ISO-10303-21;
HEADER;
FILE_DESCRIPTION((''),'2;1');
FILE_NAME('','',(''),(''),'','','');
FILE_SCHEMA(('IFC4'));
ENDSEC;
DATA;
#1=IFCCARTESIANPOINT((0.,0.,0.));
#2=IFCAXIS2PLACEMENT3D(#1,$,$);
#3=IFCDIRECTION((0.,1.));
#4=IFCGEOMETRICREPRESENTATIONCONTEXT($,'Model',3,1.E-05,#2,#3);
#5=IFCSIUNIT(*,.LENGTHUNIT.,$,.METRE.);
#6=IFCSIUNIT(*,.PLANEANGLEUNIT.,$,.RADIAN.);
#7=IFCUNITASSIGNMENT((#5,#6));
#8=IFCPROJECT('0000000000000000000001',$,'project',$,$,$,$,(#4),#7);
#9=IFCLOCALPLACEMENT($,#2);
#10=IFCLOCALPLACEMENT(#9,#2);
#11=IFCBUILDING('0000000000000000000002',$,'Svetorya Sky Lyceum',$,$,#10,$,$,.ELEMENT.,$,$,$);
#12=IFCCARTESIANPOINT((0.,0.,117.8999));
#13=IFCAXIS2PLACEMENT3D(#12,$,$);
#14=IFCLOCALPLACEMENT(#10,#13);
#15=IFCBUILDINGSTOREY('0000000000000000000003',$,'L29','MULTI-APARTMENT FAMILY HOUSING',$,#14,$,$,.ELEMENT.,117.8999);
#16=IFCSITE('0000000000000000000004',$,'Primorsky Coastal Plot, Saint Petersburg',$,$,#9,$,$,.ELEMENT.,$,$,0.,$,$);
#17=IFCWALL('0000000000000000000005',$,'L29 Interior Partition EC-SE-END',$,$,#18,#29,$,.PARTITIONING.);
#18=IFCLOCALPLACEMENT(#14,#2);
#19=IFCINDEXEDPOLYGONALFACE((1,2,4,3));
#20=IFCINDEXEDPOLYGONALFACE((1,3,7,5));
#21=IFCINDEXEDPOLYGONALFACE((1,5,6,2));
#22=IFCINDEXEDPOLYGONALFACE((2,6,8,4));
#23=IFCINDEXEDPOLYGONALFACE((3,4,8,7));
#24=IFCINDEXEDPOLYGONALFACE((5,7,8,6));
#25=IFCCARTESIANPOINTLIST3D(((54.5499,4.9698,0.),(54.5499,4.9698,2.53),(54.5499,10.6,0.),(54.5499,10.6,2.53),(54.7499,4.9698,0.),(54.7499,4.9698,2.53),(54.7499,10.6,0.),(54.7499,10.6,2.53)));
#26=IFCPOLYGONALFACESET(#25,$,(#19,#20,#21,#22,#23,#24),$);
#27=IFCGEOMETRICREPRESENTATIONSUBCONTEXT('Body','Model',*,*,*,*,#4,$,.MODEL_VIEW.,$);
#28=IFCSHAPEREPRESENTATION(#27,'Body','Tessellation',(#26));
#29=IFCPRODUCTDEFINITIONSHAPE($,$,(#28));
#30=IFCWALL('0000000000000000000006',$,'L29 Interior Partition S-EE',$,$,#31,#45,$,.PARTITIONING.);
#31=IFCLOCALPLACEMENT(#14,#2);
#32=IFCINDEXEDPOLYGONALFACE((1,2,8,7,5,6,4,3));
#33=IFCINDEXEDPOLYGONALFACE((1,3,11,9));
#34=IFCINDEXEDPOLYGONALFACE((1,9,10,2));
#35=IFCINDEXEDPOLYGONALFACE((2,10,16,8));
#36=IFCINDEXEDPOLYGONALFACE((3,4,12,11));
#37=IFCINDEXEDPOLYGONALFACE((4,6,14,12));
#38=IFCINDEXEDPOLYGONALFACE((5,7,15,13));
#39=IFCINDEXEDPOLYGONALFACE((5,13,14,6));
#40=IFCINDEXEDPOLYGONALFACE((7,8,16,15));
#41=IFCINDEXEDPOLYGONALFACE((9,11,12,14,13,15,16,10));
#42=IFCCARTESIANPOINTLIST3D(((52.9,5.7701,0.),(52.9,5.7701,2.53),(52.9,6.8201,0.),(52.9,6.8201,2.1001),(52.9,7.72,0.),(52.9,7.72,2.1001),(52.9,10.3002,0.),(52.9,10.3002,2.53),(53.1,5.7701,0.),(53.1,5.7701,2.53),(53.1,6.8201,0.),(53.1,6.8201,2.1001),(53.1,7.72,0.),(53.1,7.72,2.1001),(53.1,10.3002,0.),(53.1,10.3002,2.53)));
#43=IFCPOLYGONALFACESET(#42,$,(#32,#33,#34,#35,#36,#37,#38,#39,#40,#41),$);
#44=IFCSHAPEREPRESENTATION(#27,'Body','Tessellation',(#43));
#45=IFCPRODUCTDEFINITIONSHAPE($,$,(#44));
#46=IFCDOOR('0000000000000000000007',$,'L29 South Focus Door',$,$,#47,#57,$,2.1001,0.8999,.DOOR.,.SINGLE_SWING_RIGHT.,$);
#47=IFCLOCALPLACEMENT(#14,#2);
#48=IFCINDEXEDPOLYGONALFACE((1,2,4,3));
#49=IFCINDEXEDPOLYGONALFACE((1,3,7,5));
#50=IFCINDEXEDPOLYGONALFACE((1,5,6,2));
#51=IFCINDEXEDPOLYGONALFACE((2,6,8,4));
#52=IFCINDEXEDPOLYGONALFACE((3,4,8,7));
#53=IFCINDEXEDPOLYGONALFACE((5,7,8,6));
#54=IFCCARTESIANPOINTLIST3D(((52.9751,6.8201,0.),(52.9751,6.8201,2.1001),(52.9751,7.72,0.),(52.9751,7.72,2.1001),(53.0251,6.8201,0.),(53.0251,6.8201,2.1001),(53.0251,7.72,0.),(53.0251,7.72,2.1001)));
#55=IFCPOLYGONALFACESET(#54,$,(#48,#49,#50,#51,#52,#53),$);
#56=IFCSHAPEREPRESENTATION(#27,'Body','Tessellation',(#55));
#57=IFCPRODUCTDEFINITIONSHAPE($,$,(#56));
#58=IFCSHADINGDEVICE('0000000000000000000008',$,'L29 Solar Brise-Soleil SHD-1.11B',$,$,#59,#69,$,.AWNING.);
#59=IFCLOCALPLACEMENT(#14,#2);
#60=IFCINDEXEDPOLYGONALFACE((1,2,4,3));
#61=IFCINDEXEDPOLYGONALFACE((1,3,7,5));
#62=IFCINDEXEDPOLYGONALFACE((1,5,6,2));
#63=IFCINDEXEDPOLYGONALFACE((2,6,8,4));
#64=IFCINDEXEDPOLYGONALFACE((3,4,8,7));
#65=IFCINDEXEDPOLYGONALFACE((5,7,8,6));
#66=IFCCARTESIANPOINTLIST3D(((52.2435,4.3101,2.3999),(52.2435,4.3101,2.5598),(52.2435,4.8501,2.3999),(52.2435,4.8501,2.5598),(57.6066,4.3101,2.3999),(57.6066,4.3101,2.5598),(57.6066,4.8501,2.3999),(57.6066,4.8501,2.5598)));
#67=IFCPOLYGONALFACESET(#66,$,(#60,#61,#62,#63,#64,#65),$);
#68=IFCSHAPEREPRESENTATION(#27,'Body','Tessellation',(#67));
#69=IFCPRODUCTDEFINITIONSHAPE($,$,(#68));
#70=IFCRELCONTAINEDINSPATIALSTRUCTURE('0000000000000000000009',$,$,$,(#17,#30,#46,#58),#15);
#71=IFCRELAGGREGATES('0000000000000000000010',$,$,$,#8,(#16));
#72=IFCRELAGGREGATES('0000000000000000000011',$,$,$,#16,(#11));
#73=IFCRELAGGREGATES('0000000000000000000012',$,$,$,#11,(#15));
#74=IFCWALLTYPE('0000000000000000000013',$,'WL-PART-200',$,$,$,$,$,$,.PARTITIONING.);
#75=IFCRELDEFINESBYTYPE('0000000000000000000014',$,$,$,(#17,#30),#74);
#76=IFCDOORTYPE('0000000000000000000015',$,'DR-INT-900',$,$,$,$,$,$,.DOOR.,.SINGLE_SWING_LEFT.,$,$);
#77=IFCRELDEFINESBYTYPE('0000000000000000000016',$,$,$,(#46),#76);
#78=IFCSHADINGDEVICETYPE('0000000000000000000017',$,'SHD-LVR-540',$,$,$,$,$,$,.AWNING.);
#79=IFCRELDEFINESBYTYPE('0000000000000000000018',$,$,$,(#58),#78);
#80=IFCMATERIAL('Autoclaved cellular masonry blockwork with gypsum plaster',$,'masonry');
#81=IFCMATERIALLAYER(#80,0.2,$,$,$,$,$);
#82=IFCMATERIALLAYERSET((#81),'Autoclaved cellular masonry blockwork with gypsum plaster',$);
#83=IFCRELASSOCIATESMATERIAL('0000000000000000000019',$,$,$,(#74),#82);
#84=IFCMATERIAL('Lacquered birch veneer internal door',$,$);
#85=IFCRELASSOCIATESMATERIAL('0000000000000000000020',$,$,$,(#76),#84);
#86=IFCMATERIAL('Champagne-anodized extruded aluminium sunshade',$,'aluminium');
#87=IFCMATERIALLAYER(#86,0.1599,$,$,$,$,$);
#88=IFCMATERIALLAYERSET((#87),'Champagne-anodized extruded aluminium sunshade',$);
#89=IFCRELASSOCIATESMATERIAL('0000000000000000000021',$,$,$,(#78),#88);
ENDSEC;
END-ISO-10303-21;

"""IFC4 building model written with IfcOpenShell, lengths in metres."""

from ifc_helpers import new_model, si_unit, direction, frame, frame_2d, origin, origin_2d, place, context, subcontext, project, spatial, rectangle, extrude, material, layer, layer_set, type_object, element, fill, save


model = new_model("IFC4")

# Units and contexts
model_context = context("Model", 3, precision=1e-05, world=origin(), true_north=direction((0.0, 1.0)))
body_context = subcontext(model_context, "Body", "Model", "MODEL_VIEW")
ifc_project = project(units=[si_unit("LENGTHUNIT", "METRE"), si_unit("PLANEANGLEUNIT", "RADIAN")], contexts=[model_context])

# Site, building, storey
site_placement = place(None, origin())
site = spatial("IfcSite", under=ifc_project, at=site_placement, Name="Primorsky Coastal Plot, Saint Petersburg", CompositionType="ELEMENT", RefElevation=0.0)
building_placement = place(site_placement, origin())
building = spatial("IfcBuilding", under=site, at=building_placement, Name="Svetorya Sky Lyceum", CompositionType="ELEMENT")
storey_placement = place(building_placement, frame((0.0, 0.0, 117.8999)))
storey = spatial("IfcBuildingStorey", under=building, at=storey_placement, Name="L29", Description="MULTI-APARTMENT FAMILY HOUSING", CompositionType="ELEMENT", Elevation=117.8999)

# Shared definitions
ifc_material_1 = material(Name="Autoclaved cellular masonry blockwork with gypsum plaster", Category="masonry")
ifc_layer_1 = layer(ifc_material_1, 0.2)
ifc_layer_set_1 = layer_set([ifc_layer_1], Name="Autoclaved cellular masonry blockwork with gypsum plaster")
wall_type_1 = type_object("IfcWallType", Name="WL-PART-200", PredefinedType="PARTITIONING", material=ifc_layer_set_1)

# Wall
wall_1_placement = place(storey_placement, frame((54.6499, 4.97, 0.0), z_axis=(0.0, 0.0, 1.0), x_axis=(0.0, 1.0, 0.0)))
element("IfcWall", 1, at=wall_1_placement, inside=storey, type_object=wall_type_1, Name="L29 Interior Partition EC-SE-END", PredefinedType="PARTITIONING", context=body_context, shape_type="SweptSolid", body=[
    extrude(rectangle(XDim=5.6301, YDim=0.2, at=frame_2d((2.8149, 0.0))), origin(), (0.0, 0.0, 1.0), 2.53),
])

# Wall, opening, door
wall_2_placement = place(storey_placement, frame((53.0, 5.77, 0.0), z_axis=(0.0, 0.0, 1.0), x_axis=(0.0, 1.0, 0.0)))
wall_2 = element("IfcWall", 2, at=wall_2_placement, inside=storey, type_object=wall_type_1, Name="L29 Interior Partition S-EE", PredefinedType="PARTITIONING", context=body_context, shape_type="SweptSolid", body=[
    extrude(rectangle(XDim=4.53, YDim=0.2, at=frame_2d((2.2651, 0.0))), origin(), (0.0, 0.0, 1.0), 2.53),
])
opening_1_placement = place(wall_2_placement, frame((1.05, 0.0, 0.0)))
opening_1 = element("IfcOpeningElement", 3, at=opening_1_placement, cuts=wall_2, PredefinedType="OPENING", context=body_context, shape_type="SweptSolid", body=[
    extrude(rectangle(XDim=0.8999, YDim=2.1001, at=frame_2d((0.45, 1.05))), frame((0.0, 0.1099, 0.0), z_axis=(0.0, -1.0, 0.0), x_axis=(1.0, 0.0, 0.0)), (0.0, 0.0, 1.0), 0.22),
])
ifc_material_2 = material(Name="Lacquered birch veneer internal door")
door_type_1 = type_object("IfcDoorType", Name="DR-INT-900", OperationType="SINGLE_SWING_LEFT", PredefinedType="DOOR", material=ifc_material_2)
door_1_placement = place(opening_1_placement, origin())
door_1 = element("IfcDoor", 4, at=door_1_placement, inside=storey, type_object=door_type_1, Name="L29 South Focus Door", OperationType="SINGLE_SWING_RIGHT", OverallHeight=2.1001, OverallWidth=0.8999, PredefinedType="DOOR", context=body_context, shape_type="SweptSolid", body=[
    extrude(rectangle(XDim=0.8999, YDim=2.1001, at=frame_2d((0.45, 1.05))), frame((0.0, 0.0249, 0.0), z_axis=(0.0, -1.0, 0.0), x_axis=(1.0, 0.0, 0.0)), (0.0, 0.0, 1.0), 0.05),
])
fill(opening_1, door_1)

# Shading device
ifc_material_3 = material(Name="Champagne-anodized extruded aluminium sunshade", Category="aluminium")
ifc_layer_2 = layer(ifc_material_3, 0.1599)
ifc_layer_set_2 = layer_set([ifc_layer_2], Name="Champagne-anodized extruded aluminium sunshade")
shading_device_type = type_object("IfcShadingDeviceType", Name="SHD-LVR-540", PredefinedType="AWNING", material=ifc_layer_set_2)
shading_device_placement = place(storey_placement, frame((54.925, 4.5801, 2.3999), z_axis=(0.0, 0.0, 1.0), x_axis=(1.0, 0.0, 0.0)))
element("IfcShadingDevice", 5, at=shading_device_placement, inside=storey, type_object=shading_device_type, Name="L29 Solar Brise-Soleil SHD-1.11B", PredefinedType="AWNING", context=body_context, shape_type="SweptSolid", body=[
    extrude(rectangle(XDim=5.363, YDim=0.54, at=origin_2d()), origin(), (0.0, 0.0, 1.0), 0.1599),
])

save(model, "model.ifc")
